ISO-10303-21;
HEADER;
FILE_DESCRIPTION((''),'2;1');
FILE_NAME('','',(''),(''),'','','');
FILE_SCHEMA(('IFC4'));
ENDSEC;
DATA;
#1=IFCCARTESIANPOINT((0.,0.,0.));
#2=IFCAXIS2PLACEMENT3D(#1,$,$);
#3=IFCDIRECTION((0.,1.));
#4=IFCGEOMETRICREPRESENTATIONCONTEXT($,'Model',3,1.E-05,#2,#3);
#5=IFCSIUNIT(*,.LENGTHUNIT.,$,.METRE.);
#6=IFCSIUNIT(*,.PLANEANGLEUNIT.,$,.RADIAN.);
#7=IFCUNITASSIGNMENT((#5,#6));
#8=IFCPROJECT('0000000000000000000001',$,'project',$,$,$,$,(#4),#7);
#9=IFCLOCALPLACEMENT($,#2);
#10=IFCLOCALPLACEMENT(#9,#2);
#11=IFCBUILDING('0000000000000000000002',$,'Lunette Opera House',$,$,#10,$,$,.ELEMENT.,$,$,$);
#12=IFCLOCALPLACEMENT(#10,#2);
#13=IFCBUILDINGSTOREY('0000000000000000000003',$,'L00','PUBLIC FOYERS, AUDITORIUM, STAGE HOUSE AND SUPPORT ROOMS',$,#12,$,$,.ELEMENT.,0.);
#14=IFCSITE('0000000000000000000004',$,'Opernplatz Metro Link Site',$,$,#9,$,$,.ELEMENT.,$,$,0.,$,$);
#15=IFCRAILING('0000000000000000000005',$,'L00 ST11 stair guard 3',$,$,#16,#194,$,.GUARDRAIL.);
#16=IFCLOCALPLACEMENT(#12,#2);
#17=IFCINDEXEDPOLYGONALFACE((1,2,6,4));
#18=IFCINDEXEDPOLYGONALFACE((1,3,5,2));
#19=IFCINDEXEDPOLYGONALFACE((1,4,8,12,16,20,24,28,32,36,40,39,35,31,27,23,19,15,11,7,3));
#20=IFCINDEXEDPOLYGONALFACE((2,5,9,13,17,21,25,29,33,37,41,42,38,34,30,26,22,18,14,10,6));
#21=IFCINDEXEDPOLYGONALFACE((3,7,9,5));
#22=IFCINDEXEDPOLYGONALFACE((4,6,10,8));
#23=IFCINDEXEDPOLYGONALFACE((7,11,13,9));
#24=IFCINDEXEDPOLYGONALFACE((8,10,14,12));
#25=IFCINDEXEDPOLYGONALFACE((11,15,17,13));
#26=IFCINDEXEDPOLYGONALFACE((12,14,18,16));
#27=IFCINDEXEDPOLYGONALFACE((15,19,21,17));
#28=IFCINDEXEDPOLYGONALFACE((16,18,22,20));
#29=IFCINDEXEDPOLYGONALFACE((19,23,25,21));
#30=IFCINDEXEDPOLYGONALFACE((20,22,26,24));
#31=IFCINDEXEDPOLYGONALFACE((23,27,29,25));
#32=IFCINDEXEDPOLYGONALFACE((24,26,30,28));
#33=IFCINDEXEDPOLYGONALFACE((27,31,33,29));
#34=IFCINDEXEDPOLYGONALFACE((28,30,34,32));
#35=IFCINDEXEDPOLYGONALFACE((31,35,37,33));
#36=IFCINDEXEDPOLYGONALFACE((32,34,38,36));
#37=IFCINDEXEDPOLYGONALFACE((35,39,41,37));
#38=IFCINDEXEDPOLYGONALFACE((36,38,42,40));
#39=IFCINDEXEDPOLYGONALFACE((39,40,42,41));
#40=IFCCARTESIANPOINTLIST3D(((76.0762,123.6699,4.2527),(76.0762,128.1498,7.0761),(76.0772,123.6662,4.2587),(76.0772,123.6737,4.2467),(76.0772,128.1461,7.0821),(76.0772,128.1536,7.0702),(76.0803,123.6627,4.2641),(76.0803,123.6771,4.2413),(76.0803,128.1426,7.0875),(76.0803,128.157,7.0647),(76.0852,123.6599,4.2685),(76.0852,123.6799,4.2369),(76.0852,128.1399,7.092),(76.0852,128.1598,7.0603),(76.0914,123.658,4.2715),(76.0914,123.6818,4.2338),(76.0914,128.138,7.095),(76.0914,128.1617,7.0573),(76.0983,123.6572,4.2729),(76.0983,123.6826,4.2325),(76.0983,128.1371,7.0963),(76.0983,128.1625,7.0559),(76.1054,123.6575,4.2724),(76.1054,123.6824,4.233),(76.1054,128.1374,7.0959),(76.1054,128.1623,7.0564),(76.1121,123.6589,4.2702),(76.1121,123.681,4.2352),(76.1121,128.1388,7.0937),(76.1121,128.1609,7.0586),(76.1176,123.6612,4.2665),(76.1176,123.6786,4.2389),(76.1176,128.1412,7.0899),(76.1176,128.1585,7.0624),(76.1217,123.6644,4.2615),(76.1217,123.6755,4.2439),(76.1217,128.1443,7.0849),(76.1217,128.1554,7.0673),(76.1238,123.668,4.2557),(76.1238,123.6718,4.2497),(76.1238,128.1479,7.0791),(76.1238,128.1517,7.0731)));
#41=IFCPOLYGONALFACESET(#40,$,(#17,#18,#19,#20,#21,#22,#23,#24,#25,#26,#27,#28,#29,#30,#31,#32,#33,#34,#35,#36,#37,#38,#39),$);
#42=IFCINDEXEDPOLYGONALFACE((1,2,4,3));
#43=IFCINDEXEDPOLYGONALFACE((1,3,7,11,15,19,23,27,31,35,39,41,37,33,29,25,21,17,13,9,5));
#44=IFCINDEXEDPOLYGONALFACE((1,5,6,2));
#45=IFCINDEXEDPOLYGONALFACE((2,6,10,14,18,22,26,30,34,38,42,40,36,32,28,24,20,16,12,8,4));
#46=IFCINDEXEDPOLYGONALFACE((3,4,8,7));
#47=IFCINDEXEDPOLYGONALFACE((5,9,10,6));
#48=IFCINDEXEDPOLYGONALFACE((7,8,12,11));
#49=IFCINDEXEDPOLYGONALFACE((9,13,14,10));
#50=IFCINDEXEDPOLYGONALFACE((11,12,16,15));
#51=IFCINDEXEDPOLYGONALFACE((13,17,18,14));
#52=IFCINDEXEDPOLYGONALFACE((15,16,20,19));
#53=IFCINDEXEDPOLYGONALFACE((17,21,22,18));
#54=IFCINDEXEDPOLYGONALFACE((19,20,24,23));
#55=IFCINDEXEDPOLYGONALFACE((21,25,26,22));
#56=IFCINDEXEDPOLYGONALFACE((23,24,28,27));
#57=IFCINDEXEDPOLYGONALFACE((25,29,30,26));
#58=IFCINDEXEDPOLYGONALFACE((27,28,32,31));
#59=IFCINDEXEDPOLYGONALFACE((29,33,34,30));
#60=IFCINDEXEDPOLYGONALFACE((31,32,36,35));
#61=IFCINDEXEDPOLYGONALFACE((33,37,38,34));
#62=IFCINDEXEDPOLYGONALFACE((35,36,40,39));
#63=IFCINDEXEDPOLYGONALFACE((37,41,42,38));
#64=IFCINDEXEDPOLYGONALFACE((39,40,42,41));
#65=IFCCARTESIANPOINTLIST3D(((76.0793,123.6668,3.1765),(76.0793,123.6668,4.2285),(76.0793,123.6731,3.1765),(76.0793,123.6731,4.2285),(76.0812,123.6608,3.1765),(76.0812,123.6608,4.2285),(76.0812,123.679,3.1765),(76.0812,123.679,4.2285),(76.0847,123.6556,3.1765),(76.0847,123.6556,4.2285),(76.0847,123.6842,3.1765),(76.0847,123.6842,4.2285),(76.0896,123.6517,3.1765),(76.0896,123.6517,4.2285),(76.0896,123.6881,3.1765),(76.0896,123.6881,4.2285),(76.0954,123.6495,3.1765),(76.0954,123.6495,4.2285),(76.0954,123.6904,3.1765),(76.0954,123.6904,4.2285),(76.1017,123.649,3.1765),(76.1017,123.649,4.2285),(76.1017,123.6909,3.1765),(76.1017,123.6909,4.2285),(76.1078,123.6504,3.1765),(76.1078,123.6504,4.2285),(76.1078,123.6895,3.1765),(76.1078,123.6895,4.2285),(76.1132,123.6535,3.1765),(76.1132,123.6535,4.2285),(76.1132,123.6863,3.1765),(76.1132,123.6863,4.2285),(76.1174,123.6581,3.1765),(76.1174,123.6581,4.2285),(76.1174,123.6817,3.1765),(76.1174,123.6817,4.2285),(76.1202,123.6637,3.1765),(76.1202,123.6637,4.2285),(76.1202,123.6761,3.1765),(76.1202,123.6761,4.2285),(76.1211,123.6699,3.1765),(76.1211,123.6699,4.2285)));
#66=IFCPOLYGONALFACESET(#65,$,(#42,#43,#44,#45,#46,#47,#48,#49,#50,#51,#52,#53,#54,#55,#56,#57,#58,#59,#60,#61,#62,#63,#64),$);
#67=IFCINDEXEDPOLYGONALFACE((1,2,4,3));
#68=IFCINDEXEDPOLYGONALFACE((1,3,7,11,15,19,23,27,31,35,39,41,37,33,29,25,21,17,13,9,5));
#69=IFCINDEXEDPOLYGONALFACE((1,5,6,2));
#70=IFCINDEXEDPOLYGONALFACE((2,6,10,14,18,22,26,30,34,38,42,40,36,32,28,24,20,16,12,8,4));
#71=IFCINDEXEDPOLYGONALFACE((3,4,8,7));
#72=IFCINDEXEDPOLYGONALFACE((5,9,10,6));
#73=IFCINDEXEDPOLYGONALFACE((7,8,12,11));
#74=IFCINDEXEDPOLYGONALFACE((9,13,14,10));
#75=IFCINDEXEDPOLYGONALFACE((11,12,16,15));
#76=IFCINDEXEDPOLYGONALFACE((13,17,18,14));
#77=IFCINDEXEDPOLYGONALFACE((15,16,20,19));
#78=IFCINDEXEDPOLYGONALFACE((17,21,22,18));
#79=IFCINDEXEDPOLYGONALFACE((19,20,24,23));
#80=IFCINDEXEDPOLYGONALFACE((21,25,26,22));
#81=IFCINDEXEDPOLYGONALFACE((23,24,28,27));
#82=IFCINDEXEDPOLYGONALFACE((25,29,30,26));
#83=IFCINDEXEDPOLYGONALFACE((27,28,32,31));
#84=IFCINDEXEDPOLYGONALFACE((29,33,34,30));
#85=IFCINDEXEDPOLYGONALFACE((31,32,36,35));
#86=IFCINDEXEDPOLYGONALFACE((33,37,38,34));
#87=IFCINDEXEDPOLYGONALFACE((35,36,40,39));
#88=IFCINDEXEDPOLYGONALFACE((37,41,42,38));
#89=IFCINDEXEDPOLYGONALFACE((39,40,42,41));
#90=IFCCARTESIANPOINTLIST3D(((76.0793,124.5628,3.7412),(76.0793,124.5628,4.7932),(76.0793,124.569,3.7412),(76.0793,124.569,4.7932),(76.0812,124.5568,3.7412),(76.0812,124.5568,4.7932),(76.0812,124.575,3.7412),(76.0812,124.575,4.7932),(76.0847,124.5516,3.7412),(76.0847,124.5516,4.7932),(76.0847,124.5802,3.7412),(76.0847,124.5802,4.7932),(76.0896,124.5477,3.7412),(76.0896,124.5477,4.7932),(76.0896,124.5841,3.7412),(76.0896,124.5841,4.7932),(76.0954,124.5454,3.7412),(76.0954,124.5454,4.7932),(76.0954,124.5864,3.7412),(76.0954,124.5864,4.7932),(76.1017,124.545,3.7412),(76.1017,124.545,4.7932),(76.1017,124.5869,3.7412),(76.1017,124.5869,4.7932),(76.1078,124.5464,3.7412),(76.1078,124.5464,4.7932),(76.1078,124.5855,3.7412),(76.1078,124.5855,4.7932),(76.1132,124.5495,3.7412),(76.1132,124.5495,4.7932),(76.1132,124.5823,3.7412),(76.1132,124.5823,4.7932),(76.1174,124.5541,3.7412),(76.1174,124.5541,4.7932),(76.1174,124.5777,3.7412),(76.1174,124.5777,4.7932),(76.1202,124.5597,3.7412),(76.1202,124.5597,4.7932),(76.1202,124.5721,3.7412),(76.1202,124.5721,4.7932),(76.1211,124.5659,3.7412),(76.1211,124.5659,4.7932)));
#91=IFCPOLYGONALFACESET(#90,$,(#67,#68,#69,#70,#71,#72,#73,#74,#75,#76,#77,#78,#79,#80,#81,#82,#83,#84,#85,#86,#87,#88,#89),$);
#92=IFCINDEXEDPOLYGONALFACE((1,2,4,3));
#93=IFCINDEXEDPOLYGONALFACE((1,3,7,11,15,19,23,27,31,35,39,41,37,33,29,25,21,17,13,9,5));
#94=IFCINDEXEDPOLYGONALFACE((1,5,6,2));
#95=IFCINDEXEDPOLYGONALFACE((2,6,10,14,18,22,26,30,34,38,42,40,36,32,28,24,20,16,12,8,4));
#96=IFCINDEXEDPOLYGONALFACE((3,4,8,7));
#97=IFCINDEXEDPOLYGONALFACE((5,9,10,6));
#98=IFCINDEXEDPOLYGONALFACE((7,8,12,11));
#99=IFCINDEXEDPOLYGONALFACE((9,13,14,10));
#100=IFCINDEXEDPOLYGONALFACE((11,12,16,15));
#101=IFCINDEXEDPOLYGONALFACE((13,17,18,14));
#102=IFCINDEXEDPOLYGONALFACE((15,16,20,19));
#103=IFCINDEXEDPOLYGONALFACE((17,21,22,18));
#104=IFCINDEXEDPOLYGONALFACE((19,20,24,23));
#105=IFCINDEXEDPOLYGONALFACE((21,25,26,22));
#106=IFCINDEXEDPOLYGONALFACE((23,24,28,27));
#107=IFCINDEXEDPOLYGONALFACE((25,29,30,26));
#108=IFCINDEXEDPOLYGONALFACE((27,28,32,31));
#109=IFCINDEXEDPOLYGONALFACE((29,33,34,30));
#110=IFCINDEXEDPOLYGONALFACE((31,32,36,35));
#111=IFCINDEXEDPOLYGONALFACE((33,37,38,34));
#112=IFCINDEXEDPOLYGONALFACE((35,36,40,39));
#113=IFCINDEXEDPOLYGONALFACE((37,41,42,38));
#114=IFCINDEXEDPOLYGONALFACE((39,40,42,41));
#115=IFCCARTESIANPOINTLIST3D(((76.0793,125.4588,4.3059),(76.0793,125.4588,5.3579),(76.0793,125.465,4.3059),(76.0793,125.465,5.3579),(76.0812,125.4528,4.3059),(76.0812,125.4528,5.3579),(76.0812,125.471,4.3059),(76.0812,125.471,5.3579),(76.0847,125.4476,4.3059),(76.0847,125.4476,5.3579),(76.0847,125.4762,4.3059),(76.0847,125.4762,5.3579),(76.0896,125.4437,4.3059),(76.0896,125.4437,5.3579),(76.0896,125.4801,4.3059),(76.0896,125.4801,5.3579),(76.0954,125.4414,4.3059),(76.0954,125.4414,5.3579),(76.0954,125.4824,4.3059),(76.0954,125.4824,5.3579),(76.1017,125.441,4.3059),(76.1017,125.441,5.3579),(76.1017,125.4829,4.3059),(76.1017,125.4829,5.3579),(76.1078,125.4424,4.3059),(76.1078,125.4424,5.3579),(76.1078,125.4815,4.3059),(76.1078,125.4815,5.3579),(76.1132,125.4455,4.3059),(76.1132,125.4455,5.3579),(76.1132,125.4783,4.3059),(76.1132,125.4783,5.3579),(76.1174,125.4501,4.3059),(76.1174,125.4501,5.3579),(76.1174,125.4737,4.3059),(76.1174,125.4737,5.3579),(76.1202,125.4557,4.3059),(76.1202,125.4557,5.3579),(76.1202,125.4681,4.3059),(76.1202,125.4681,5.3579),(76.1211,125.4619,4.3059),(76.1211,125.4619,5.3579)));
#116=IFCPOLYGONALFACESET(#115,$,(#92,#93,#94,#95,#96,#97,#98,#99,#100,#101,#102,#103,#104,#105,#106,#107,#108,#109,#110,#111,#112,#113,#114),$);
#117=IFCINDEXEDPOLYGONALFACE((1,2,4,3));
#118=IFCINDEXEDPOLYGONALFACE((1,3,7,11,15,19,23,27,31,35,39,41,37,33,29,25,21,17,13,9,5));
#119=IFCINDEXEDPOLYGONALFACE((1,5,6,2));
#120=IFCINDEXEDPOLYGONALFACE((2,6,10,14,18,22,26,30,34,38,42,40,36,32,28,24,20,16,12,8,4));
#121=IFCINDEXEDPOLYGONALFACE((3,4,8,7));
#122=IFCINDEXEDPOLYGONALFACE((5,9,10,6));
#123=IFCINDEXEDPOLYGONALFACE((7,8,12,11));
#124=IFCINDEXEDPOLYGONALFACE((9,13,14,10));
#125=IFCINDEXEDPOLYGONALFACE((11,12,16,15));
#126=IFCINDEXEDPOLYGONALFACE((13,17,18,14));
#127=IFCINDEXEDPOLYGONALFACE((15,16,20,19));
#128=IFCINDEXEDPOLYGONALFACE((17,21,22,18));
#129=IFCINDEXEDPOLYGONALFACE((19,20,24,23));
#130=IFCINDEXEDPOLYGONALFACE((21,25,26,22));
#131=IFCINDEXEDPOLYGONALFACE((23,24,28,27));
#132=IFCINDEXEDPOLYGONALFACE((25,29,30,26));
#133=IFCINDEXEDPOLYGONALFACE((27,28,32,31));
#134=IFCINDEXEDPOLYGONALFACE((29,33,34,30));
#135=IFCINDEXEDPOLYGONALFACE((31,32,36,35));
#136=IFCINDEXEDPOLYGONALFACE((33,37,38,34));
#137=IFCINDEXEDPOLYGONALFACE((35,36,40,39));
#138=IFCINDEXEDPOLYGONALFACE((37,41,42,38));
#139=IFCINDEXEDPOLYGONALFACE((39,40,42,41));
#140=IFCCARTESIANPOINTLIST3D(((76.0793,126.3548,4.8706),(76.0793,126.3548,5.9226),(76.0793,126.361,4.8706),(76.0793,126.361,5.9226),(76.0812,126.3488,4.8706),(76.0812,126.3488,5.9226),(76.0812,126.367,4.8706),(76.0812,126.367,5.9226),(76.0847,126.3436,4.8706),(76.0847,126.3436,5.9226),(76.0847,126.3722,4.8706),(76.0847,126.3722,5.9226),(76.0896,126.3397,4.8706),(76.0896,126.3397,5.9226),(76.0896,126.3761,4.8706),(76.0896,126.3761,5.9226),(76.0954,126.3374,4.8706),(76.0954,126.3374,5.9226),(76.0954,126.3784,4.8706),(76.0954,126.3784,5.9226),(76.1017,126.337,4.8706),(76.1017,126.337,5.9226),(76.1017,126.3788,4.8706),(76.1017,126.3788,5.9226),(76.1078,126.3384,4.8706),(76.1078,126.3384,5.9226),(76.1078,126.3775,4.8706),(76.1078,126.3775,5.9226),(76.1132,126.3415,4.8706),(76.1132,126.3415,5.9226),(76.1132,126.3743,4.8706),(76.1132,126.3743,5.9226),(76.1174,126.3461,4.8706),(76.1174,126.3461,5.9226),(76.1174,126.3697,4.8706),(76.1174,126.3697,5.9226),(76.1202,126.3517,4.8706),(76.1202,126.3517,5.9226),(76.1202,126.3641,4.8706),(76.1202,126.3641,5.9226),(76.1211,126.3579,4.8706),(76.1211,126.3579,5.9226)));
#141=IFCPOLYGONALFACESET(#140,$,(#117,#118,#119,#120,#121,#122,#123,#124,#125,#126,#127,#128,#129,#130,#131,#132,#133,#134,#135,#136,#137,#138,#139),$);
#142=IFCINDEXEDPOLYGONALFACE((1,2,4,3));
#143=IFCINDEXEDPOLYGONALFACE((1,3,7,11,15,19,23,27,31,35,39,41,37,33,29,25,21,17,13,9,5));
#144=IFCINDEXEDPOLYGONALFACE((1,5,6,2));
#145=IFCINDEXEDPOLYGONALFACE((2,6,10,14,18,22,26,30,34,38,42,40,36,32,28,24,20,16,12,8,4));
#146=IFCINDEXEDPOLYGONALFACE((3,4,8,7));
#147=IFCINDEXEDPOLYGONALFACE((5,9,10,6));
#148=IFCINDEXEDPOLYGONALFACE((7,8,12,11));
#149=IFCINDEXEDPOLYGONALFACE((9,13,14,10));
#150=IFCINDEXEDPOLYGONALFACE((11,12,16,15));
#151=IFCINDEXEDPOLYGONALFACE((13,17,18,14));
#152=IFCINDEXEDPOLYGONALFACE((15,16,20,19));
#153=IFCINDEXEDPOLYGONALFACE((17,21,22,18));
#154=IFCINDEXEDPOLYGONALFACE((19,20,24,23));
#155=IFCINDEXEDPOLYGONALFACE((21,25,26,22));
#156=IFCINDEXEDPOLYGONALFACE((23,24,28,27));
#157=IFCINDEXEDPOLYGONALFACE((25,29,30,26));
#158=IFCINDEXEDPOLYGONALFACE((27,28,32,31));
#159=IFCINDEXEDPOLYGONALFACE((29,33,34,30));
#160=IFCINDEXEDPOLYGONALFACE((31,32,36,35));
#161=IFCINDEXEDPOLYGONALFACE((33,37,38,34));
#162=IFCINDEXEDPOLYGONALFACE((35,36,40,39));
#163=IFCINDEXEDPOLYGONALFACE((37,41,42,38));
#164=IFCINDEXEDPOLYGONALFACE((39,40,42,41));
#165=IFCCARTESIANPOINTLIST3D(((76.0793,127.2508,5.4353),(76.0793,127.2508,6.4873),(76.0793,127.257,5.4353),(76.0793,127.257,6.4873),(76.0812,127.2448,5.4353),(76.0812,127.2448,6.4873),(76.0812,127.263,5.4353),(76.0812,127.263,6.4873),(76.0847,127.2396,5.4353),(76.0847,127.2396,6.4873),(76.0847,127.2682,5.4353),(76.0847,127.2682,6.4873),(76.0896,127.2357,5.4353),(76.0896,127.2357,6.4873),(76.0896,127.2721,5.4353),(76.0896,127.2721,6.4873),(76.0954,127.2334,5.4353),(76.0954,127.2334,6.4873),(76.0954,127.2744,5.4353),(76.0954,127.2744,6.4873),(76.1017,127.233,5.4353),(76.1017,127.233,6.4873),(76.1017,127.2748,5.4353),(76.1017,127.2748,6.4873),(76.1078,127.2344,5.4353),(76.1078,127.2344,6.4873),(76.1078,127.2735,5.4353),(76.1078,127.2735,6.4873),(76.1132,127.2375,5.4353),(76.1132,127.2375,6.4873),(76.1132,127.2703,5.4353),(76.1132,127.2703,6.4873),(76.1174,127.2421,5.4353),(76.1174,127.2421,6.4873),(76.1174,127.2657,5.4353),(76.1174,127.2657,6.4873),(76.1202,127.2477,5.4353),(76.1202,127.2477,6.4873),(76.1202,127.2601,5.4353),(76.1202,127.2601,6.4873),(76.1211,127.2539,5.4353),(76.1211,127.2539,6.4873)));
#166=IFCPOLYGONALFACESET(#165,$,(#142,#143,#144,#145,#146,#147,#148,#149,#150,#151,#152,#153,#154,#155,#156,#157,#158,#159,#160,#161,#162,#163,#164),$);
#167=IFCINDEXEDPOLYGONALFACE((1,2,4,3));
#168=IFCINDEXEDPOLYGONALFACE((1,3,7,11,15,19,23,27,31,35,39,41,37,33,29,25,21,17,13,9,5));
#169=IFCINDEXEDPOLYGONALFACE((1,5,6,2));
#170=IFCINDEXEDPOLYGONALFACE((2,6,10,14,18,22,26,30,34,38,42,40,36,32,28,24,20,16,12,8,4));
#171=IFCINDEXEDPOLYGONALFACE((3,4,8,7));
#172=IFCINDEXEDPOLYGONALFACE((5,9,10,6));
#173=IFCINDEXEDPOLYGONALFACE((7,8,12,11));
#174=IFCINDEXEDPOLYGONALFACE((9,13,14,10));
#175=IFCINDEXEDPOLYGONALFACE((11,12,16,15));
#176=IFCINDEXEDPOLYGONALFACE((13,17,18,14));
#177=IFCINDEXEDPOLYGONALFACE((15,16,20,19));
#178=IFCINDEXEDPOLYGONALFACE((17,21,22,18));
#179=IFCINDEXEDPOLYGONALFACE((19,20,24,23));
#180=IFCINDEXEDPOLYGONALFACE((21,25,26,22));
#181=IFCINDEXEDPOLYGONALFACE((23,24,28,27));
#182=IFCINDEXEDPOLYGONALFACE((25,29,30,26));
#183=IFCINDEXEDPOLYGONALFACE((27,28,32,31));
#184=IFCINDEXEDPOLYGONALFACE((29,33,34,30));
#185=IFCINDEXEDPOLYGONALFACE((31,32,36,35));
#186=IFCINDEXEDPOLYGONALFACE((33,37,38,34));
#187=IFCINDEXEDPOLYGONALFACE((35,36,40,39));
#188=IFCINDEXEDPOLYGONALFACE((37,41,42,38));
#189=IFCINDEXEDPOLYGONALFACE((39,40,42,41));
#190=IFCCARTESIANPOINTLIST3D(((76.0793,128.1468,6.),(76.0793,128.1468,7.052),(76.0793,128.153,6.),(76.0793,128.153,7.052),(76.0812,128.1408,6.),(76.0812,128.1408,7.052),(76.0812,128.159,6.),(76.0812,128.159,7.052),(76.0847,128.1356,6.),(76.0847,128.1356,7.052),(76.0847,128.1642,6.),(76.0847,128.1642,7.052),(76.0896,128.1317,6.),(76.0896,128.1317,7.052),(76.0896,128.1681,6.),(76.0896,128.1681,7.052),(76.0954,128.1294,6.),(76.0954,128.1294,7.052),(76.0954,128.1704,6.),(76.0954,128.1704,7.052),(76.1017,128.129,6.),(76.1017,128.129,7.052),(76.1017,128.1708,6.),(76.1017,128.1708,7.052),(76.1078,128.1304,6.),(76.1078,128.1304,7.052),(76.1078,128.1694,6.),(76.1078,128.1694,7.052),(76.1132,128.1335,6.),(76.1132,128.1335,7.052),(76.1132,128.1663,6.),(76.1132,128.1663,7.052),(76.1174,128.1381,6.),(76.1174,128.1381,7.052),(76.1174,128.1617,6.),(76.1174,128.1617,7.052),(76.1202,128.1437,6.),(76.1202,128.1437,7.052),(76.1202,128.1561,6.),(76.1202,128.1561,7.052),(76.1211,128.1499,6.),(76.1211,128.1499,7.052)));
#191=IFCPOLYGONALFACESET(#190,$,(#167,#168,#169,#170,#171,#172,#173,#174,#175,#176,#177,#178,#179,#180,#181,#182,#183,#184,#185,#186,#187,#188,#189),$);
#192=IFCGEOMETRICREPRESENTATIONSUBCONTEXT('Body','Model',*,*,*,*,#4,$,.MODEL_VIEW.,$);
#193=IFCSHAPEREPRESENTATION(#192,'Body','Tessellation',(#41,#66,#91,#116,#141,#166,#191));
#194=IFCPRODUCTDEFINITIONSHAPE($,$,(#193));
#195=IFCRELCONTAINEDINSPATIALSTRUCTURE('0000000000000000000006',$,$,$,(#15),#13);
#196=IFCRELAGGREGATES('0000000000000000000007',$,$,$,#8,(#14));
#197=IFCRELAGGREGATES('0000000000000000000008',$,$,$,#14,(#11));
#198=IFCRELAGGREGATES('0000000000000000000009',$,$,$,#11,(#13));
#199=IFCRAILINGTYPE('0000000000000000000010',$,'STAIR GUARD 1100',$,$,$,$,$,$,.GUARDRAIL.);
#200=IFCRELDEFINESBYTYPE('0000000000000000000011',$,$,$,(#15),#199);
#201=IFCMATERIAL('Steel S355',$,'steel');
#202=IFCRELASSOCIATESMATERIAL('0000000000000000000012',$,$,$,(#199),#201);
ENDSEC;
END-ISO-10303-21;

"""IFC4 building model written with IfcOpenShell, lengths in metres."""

from ifc_helpers import new_model, si_unit, direction, frame, origin, origin_2d, place, context, subcontext, project, spatial, circle, extrude, material, type_object, element, save


model = new_model("IFC4")

# Units and contexts
model_context = context("Model", 3, precision=1e-05, world=origin(), true_north=direction((0.0, 1.0)))
body_context = subcontext(model_context, "Body", "Model", "MODEL_VIEW")
ifc_project = project(units=[si_unit("LENGTHUNIT", "METRE"), si_unit("PLANEANGLEUNIT", "RADIAN")], contexts=[model_context])

# Site, building, storey
site_placement = place(None, origin())
site = spatial("IfcSite", under=ifc_project, at=site_placement, Name="Opernplatz Metro Link Site", CompositionType="ELEMENT", RefElevation=0.0)
building_placement = place(site_placement, origin())
building = spatial("IfcBuilding", under=site, at=building_placement, Name="Lunette Opera House", CompositionType="ELEMENT")
storey_placement = place(building_placement, origin())
storey = spatial("IfcBuildingStorey", under=building, at=storey_placement, Name="L00", Description="PUBLIC FOYERS, AUDITORIUM, STAGE HOUSE AND SUPPORT ROOMS", CompositionType="ELEMENT", Elevation=0.0)

# Railing
ifc_material_1 = material(Name="Steel S355", Category="steel")
railing_type_1 = type_object("IfcRailingType", Name="STAIR GUARD 1100", PredefinedType="GUARDRAIL", material=ifc_material_1)
railing_1_placement = place(storey_placement, frame((76.1001, 123.6699, 3.1765)))
element("IfcRailing", 1, at=railing_1_placement, inside=storey, type_object=railing_type_1, Name="L00 ST11 stair guard 3", PredefinedType="GUARDRAIL", context=body_context, shape_type="SweptSolid", body=[
    extrude(circle(Radius=0.0239, at=origin_2d()), frame((0.0, 0.0, 1.0762), z_axis=(0.0, 0.845998, 0.533186), x_axis=(-1.0, 0.0, 0.0)), (0.0, 0.0, 1.0), 5.2954),
    extrude(circle(Radius=0.021, at=origin_2d()), origin(), (0.0, 0.0, 1.0), 1.052),
    extrude(circle(Radius=0.021, at=origin_2d()), frame((0.0, 0.896, 0.5647)), (0.0, 0.0, 1.0), 1.052),
    extrude(circle(Radius=0.021, at=origin_2d()), frame((0.0, 1.792, 1.1294)), (0.0, 0.0, 1.0), 1.052),
    extrude(circle(Radius=0.021, at=origin_2d()), frame((0.0, 2.688, 1.6941)), (0.0, 0.0, 1.0), 1.052),
    extrude(circle(Radius=0.021, at=origin_2d()), frame((0.0, 3.584, 2.2588)), (0.0, 0.0, 1.0), 1.052),
    extrude(circle(Radius=0.021, at=origin_2d()), frame((0.0, 4.48, 2.8235)), (0.0, 0.0, 1.0), 1.052),
])

save(model, "model.ifc")
